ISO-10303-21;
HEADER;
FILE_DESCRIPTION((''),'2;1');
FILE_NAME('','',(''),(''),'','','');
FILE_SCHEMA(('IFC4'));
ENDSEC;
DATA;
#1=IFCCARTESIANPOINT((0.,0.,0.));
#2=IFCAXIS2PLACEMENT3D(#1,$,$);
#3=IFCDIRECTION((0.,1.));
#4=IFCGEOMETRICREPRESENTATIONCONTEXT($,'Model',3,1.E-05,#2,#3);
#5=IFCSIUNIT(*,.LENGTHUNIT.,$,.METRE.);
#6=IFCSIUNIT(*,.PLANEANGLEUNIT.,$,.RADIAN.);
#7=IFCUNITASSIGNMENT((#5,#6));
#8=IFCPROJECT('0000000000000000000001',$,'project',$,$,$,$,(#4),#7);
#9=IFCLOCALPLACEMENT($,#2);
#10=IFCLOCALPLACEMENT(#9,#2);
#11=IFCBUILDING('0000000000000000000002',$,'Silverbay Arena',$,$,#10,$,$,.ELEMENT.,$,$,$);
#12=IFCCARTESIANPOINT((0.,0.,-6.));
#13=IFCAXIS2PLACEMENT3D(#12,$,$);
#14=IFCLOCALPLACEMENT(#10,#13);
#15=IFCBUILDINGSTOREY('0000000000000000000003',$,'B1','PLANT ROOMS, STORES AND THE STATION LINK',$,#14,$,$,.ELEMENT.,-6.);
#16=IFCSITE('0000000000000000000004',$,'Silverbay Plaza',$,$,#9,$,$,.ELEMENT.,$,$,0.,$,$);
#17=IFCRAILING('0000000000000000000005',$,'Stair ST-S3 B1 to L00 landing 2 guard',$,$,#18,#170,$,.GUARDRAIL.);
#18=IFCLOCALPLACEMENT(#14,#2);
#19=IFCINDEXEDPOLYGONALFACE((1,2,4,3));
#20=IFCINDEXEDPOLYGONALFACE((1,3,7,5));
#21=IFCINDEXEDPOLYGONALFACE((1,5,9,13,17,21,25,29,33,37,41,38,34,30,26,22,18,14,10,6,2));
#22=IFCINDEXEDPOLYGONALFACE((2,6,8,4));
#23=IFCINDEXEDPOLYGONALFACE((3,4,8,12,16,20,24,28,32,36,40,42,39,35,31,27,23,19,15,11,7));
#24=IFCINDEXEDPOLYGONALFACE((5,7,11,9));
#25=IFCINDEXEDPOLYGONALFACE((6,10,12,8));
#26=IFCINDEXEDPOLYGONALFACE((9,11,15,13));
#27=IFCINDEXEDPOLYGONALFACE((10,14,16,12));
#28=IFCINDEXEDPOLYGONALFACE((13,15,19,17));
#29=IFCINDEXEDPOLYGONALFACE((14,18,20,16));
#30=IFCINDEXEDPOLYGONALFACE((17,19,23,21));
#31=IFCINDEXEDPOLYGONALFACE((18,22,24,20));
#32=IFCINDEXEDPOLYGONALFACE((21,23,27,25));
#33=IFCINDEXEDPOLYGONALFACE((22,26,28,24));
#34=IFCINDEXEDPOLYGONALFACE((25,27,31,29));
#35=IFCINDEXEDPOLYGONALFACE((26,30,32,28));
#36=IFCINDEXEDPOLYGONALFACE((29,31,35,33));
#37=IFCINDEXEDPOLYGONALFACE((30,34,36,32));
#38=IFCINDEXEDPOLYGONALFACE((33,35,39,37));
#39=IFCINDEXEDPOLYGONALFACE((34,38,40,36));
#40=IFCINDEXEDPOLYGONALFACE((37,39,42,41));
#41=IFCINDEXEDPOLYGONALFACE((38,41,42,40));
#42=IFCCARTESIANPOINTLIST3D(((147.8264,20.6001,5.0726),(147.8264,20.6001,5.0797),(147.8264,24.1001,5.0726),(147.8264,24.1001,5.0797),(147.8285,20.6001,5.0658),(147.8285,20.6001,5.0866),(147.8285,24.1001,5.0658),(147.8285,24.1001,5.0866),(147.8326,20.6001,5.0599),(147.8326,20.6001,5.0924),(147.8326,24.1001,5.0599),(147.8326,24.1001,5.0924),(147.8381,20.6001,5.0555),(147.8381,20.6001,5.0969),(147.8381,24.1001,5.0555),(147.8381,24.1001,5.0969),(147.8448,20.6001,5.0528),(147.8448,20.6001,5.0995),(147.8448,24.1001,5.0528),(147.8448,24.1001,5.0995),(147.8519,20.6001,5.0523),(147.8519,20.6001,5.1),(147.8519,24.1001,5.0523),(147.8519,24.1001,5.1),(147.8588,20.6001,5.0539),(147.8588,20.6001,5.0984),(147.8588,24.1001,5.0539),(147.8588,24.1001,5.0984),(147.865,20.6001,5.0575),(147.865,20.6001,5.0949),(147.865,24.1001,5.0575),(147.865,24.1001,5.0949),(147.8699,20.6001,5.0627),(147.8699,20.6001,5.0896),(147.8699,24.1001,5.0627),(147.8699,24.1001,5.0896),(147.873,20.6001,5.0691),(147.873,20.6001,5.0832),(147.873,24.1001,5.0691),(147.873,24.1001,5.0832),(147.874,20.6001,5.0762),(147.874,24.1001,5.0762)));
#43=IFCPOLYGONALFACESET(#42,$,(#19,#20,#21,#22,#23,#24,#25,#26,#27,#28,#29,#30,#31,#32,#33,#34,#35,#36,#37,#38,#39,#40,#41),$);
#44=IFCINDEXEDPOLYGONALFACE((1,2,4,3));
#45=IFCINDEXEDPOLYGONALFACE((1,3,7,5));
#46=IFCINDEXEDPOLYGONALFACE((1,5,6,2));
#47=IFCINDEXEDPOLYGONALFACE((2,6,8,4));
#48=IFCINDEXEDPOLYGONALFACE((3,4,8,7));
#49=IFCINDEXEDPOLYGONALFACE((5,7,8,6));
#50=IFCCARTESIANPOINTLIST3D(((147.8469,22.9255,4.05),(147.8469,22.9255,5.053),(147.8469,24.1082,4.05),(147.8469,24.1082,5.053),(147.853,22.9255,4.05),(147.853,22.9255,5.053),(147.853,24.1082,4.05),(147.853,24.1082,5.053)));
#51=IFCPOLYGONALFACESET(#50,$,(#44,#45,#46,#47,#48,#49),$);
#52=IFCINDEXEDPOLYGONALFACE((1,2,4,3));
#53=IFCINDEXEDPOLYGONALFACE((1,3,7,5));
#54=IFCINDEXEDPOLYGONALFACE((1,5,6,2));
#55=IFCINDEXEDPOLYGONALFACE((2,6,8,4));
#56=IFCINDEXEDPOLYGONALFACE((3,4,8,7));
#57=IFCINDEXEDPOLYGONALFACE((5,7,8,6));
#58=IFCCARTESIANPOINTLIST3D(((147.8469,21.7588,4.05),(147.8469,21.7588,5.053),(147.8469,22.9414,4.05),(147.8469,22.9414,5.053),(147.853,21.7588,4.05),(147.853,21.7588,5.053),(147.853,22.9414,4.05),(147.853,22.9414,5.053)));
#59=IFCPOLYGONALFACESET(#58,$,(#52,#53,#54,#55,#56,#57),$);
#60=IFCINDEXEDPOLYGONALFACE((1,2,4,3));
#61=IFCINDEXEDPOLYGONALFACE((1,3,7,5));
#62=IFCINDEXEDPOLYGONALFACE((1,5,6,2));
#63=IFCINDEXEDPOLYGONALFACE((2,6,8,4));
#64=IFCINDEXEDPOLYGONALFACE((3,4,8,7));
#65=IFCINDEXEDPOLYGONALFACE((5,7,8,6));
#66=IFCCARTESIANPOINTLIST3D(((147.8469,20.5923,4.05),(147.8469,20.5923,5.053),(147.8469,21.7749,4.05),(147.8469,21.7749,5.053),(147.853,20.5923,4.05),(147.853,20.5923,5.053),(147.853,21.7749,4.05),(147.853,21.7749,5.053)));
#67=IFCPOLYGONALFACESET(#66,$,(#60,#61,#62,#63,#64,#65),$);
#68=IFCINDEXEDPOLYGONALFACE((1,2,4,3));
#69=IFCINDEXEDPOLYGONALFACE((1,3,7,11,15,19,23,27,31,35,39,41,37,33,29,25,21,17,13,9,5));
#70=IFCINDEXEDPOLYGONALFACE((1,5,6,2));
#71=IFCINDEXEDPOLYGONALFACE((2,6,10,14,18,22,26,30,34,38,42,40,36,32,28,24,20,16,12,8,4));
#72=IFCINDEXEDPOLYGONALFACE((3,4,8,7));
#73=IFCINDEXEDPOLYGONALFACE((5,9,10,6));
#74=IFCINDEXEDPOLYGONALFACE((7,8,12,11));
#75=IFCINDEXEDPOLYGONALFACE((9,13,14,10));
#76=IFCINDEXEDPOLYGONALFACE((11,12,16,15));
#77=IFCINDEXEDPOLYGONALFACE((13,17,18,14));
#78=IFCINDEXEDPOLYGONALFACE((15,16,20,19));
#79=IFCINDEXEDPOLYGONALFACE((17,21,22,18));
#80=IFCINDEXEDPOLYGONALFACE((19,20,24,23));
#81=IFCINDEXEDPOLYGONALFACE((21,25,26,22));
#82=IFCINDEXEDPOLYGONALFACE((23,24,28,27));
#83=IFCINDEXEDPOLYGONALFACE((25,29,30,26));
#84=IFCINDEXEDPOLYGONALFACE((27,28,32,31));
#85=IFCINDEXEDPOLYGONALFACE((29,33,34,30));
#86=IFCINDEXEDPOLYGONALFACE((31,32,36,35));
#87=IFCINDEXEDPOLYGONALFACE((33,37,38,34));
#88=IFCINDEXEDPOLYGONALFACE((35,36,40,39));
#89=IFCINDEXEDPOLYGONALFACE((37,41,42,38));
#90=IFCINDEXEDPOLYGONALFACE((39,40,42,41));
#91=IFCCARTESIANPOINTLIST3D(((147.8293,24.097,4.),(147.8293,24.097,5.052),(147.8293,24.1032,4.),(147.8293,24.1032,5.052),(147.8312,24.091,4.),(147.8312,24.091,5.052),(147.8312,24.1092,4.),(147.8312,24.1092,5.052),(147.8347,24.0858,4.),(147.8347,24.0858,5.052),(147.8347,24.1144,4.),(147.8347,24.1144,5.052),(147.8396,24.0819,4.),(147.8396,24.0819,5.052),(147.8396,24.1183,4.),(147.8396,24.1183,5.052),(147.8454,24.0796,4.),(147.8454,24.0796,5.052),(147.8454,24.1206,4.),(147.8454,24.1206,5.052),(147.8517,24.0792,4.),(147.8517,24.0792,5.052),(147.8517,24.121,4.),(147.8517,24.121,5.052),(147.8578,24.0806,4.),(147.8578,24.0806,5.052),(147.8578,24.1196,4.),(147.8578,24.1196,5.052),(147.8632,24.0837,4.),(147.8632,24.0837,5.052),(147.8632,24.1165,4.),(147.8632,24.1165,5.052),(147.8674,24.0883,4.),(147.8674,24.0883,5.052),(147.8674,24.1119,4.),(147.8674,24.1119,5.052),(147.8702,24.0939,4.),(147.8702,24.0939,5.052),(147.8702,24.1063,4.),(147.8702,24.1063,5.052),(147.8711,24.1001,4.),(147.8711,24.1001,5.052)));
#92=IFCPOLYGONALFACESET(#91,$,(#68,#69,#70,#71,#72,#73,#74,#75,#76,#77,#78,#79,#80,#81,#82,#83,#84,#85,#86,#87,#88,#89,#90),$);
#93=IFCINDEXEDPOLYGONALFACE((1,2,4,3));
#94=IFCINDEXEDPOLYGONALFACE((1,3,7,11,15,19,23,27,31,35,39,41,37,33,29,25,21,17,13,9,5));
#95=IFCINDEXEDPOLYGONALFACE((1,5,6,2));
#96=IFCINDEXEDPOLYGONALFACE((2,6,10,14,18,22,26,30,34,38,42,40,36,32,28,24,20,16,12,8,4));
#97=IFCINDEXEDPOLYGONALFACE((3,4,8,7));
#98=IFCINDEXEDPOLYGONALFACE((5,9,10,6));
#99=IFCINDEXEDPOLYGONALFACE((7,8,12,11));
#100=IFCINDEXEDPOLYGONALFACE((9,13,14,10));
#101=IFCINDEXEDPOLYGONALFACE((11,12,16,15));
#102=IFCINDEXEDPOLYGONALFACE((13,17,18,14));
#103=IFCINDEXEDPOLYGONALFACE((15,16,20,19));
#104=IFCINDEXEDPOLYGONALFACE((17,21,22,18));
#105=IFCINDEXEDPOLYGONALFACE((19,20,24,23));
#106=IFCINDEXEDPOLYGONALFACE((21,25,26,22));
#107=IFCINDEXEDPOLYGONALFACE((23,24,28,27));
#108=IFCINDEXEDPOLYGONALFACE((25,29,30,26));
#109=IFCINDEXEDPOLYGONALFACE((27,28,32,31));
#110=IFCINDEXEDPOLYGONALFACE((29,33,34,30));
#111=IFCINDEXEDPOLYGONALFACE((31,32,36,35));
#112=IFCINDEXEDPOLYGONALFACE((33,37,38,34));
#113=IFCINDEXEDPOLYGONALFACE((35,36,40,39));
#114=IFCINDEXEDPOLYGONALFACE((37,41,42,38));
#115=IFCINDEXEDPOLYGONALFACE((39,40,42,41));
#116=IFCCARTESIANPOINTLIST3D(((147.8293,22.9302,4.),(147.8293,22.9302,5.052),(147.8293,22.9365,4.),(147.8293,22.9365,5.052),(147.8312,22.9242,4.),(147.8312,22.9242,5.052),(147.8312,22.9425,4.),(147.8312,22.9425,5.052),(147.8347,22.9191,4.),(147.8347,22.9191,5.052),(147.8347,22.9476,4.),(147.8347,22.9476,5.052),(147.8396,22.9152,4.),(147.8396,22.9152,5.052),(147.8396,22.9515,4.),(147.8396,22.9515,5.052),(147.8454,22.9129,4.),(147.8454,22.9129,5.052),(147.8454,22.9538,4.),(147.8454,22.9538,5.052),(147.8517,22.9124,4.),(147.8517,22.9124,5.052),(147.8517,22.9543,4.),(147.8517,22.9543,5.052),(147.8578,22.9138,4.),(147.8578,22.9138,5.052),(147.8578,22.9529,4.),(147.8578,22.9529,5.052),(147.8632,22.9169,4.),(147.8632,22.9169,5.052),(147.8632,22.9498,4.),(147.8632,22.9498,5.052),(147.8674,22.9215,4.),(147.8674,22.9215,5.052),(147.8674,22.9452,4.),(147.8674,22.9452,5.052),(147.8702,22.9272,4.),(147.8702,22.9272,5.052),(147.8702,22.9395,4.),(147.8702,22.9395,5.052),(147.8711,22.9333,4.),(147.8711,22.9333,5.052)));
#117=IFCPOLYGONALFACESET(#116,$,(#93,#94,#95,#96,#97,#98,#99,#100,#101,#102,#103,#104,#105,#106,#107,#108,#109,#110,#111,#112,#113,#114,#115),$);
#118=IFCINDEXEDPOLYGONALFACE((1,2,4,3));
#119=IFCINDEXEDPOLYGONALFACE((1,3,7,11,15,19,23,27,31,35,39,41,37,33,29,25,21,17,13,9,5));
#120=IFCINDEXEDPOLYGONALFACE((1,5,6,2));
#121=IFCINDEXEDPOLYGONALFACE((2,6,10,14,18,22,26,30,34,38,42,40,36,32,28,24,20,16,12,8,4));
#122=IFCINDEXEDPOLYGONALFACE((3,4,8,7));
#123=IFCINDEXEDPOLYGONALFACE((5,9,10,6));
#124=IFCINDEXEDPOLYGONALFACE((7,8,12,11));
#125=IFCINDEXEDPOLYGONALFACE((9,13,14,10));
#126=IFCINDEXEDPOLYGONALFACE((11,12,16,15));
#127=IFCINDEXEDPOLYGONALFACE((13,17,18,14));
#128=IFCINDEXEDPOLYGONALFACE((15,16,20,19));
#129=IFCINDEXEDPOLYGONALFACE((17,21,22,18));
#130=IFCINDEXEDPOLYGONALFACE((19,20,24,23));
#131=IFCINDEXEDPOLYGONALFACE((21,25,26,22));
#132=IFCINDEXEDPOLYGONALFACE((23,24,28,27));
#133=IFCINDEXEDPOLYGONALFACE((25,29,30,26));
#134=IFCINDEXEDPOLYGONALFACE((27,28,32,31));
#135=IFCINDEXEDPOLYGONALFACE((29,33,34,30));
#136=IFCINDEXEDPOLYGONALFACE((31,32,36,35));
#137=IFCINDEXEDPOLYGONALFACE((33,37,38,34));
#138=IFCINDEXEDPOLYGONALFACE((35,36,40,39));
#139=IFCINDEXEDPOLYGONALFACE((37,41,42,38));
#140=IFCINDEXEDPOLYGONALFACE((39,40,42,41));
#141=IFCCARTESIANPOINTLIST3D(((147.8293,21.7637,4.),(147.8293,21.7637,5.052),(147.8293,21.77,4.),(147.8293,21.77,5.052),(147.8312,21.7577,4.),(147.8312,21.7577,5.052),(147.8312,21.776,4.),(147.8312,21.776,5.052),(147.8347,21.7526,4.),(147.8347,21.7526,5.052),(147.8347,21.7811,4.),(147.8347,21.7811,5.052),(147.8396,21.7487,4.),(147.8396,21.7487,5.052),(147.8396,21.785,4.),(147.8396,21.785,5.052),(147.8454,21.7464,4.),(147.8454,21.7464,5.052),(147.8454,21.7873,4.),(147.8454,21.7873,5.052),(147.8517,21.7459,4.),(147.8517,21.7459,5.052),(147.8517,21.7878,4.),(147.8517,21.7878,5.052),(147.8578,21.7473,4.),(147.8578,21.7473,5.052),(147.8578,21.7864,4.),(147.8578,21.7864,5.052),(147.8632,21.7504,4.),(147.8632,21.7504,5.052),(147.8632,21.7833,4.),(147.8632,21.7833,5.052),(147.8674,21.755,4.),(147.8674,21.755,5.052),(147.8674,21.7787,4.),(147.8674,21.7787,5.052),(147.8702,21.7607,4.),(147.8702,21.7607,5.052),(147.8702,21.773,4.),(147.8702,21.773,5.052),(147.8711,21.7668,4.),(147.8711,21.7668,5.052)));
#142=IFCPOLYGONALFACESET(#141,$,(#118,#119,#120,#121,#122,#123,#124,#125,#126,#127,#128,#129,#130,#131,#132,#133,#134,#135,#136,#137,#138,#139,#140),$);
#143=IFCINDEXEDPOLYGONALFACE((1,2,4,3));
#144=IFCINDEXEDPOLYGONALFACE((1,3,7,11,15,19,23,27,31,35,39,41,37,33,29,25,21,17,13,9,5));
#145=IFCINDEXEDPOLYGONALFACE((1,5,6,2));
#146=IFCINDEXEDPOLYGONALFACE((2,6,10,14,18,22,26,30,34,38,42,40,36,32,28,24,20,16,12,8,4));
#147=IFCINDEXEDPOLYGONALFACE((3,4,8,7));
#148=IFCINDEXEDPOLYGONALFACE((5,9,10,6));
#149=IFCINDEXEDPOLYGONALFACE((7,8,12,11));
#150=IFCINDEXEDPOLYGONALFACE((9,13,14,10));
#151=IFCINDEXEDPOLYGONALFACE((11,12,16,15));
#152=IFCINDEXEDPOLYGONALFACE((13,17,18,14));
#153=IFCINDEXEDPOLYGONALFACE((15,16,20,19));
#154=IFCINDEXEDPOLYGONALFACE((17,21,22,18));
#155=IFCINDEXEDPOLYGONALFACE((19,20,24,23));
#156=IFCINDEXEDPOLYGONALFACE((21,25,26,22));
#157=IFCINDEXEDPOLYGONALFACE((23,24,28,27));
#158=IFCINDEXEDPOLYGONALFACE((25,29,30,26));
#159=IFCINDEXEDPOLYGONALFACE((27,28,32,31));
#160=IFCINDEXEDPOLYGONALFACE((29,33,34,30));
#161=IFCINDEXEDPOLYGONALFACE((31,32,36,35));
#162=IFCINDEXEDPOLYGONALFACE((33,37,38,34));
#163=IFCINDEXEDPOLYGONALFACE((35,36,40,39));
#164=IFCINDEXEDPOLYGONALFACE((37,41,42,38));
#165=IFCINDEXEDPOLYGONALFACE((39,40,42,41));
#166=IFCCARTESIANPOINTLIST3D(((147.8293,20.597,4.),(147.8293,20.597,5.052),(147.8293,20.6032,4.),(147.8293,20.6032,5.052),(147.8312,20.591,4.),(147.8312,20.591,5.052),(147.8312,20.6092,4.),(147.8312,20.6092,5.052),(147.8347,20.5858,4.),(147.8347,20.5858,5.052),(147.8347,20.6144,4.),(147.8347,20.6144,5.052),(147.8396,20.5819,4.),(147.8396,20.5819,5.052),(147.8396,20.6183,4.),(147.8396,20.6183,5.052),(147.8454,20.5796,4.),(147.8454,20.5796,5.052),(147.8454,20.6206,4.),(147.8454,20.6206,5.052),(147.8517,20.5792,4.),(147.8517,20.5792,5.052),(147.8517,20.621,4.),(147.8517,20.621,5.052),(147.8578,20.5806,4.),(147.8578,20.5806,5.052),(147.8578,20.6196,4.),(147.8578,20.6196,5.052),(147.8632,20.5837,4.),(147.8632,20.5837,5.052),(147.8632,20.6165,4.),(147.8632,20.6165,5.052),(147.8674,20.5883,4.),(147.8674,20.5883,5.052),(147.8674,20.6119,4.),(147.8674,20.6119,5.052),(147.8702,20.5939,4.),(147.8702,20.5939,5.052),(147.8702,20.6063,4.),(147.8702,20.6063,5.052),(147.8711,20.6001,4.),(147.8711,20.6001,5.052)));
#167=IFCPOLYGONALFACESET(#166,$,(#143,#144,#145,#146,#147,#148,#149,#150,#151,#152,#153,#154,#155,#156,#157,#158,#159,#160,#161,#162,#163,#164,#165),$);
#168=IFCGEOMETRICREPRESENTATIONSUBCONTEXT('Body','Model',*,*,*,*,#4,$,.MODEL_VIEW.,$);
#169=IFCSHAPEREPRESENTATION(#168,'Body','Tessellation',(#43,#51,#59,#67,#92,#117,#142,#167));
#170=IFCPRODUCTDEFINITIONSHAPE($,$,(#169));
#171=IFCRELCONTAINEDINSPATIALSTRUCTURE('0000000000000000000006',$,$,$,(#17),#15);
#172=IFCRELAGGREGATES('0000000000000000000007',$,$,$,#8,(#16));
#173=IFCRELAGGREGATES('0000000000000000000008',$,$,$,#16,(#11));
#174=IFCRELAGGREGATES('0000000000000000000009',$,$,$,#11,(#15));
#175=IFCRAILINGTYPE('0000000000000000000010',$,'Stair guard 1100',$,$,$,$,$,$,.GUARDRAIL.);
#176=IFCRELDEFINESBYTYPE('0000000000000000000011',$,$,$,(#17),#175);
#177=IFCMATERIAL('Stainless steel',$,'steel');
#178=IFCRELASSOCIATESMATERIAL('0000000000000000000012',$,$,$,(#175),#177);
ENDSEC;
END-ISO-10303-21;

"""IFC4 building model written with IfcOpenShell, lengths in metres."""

from ifc_helpers import new_model, si_unit, direction, frame, origin, origin_2d, place, context, subcontext, project, spatial, polyline, circle, outline, extrude, material, type_object, element, save


model = new_model("IFC4")

# Units and contexts
model_context = context("Model", 3, precision=1e-05, world=origin(), true_north=direction((0.0, 1.0)))
body_context = subcontext(model_context, "Body", "Model", "MODEL_VIEW")
ifc_project = project(units=[si_unit("LENGTHUNIT", "METRE"), si_unit("PLANEANGLEUNIT", "RADIAN")], contexts=[model_context])

# Site, building, storey
site_placement = place(None, origin())
site = spatial("IfcSite", under=ifc_project, at=site_placement, Name="Silverbay Plaza", CompositionType="ELEMENT", RefElevation=0.0)
building_placement = place(site_placement, origin())
building = spatial("IfcBuilding", under=site, at=building_placement, Name="Silverbay Arena", CompositionType="ELEMENT")
storey_placement = place(building_placement, frame((0.0, 0.0, -6.0)))
storey = spatial("IfcBuildingStorey", under=building, at=storey_placement, Name="B1", Description="PLANT ROOMS, STORES AND THE STATION LINK", CompositionType="ELEMENT", Elevation=-6.0)

# Railing
ifc_material_1 = material(Name="Stainless steel", Category="steel")
railing_type_1 = type_object("IfcRailingType", Name="Stair guard 1100", PredefinedType="GUARDRAIL", material=ifc_material_1)
railing_1_placement = place(storey_placement, frame((147.8501, 24.1001, 4.0)))
element("IfcRailing", 1, at=railing_1_placement, inside=storey, type_object=railing_type_1, Name="Stair ST-S3 B1 to L00 landing 2 guard", PredefinedType="GUARDRAIL", context=body_context, shape_type="SweptSolid", body=[
    extrude(circle(Radius=0.0239, at=origin_2d()), frame((0.0, 0.0, 1.0762), z_axis=(0.0, -1.0, 0.0), x_axis=(1.0, 0.0, 0.0)), (0.0, 0.0, 1.0), 3.5),
    extrude(outline(polyline([(-0.0081, 0.05), (1.1746, 0.05), (1.1746, 1.053), (-0.0081, 1.053), (-0.0081, 0.05)])), frame((0.0029, 0.0, 0.0), z_axis=(-1.0, 0.0, 0.0), x_axis=(0.0, -1.0, 0.0)), (0.0, 0.0, 1.0), 0.0061),
    extrude(outline(polyline([(-0.0081, 0.05), (1.1746, 0.05), (1.1746, 1.053), (-0.0081, 1.053), (-0.0081, 0.05)])), frame((0.0029, -1.1667, 0.0), z_axis=(-1.0, 0.0, 0.0), x_axis=(0.0, -1.0, 0.0)), (0.0, 0.0, 1.0), 0.0061),
    extrude(outline(polyline([(-0.0081, 0.05), (1.1746, 0.05), (1.1746, 1.053), (-0.0081, 1.053), (-0.0081, 0.05)])), frame((0.0029, -2.3333, 0.0), z_axis=(-1.0, 0.0, 0.0), x_axis=(0.0, -1.0, 0.0)), (0.0, 0.0, 1.0), 0.0061),
    extrude(circle(Radius=0.021, at=origin_2d()), origin(), (0.0, 0.0, 1.0), 1.052),
    extrude(circle(Radius=0.021, at=origin_2d()), frame((0.0, -1.1667, 0.0)), (0.0, 0.0, 1.0), 1.052),
    extrude(circle(Radius=0.021, at=origin_2d()), frame((0.0, -2.3333, 0.0)), (0.0, 0.0, 1.0), 1.052),
    extrude(circle(Radius=0.021, at=origin_2d()), frame((0.0, -3.5, 0.0)), (0.0, 0.0, 1.0), 1.052),
])

save(model, "model.ifc")
